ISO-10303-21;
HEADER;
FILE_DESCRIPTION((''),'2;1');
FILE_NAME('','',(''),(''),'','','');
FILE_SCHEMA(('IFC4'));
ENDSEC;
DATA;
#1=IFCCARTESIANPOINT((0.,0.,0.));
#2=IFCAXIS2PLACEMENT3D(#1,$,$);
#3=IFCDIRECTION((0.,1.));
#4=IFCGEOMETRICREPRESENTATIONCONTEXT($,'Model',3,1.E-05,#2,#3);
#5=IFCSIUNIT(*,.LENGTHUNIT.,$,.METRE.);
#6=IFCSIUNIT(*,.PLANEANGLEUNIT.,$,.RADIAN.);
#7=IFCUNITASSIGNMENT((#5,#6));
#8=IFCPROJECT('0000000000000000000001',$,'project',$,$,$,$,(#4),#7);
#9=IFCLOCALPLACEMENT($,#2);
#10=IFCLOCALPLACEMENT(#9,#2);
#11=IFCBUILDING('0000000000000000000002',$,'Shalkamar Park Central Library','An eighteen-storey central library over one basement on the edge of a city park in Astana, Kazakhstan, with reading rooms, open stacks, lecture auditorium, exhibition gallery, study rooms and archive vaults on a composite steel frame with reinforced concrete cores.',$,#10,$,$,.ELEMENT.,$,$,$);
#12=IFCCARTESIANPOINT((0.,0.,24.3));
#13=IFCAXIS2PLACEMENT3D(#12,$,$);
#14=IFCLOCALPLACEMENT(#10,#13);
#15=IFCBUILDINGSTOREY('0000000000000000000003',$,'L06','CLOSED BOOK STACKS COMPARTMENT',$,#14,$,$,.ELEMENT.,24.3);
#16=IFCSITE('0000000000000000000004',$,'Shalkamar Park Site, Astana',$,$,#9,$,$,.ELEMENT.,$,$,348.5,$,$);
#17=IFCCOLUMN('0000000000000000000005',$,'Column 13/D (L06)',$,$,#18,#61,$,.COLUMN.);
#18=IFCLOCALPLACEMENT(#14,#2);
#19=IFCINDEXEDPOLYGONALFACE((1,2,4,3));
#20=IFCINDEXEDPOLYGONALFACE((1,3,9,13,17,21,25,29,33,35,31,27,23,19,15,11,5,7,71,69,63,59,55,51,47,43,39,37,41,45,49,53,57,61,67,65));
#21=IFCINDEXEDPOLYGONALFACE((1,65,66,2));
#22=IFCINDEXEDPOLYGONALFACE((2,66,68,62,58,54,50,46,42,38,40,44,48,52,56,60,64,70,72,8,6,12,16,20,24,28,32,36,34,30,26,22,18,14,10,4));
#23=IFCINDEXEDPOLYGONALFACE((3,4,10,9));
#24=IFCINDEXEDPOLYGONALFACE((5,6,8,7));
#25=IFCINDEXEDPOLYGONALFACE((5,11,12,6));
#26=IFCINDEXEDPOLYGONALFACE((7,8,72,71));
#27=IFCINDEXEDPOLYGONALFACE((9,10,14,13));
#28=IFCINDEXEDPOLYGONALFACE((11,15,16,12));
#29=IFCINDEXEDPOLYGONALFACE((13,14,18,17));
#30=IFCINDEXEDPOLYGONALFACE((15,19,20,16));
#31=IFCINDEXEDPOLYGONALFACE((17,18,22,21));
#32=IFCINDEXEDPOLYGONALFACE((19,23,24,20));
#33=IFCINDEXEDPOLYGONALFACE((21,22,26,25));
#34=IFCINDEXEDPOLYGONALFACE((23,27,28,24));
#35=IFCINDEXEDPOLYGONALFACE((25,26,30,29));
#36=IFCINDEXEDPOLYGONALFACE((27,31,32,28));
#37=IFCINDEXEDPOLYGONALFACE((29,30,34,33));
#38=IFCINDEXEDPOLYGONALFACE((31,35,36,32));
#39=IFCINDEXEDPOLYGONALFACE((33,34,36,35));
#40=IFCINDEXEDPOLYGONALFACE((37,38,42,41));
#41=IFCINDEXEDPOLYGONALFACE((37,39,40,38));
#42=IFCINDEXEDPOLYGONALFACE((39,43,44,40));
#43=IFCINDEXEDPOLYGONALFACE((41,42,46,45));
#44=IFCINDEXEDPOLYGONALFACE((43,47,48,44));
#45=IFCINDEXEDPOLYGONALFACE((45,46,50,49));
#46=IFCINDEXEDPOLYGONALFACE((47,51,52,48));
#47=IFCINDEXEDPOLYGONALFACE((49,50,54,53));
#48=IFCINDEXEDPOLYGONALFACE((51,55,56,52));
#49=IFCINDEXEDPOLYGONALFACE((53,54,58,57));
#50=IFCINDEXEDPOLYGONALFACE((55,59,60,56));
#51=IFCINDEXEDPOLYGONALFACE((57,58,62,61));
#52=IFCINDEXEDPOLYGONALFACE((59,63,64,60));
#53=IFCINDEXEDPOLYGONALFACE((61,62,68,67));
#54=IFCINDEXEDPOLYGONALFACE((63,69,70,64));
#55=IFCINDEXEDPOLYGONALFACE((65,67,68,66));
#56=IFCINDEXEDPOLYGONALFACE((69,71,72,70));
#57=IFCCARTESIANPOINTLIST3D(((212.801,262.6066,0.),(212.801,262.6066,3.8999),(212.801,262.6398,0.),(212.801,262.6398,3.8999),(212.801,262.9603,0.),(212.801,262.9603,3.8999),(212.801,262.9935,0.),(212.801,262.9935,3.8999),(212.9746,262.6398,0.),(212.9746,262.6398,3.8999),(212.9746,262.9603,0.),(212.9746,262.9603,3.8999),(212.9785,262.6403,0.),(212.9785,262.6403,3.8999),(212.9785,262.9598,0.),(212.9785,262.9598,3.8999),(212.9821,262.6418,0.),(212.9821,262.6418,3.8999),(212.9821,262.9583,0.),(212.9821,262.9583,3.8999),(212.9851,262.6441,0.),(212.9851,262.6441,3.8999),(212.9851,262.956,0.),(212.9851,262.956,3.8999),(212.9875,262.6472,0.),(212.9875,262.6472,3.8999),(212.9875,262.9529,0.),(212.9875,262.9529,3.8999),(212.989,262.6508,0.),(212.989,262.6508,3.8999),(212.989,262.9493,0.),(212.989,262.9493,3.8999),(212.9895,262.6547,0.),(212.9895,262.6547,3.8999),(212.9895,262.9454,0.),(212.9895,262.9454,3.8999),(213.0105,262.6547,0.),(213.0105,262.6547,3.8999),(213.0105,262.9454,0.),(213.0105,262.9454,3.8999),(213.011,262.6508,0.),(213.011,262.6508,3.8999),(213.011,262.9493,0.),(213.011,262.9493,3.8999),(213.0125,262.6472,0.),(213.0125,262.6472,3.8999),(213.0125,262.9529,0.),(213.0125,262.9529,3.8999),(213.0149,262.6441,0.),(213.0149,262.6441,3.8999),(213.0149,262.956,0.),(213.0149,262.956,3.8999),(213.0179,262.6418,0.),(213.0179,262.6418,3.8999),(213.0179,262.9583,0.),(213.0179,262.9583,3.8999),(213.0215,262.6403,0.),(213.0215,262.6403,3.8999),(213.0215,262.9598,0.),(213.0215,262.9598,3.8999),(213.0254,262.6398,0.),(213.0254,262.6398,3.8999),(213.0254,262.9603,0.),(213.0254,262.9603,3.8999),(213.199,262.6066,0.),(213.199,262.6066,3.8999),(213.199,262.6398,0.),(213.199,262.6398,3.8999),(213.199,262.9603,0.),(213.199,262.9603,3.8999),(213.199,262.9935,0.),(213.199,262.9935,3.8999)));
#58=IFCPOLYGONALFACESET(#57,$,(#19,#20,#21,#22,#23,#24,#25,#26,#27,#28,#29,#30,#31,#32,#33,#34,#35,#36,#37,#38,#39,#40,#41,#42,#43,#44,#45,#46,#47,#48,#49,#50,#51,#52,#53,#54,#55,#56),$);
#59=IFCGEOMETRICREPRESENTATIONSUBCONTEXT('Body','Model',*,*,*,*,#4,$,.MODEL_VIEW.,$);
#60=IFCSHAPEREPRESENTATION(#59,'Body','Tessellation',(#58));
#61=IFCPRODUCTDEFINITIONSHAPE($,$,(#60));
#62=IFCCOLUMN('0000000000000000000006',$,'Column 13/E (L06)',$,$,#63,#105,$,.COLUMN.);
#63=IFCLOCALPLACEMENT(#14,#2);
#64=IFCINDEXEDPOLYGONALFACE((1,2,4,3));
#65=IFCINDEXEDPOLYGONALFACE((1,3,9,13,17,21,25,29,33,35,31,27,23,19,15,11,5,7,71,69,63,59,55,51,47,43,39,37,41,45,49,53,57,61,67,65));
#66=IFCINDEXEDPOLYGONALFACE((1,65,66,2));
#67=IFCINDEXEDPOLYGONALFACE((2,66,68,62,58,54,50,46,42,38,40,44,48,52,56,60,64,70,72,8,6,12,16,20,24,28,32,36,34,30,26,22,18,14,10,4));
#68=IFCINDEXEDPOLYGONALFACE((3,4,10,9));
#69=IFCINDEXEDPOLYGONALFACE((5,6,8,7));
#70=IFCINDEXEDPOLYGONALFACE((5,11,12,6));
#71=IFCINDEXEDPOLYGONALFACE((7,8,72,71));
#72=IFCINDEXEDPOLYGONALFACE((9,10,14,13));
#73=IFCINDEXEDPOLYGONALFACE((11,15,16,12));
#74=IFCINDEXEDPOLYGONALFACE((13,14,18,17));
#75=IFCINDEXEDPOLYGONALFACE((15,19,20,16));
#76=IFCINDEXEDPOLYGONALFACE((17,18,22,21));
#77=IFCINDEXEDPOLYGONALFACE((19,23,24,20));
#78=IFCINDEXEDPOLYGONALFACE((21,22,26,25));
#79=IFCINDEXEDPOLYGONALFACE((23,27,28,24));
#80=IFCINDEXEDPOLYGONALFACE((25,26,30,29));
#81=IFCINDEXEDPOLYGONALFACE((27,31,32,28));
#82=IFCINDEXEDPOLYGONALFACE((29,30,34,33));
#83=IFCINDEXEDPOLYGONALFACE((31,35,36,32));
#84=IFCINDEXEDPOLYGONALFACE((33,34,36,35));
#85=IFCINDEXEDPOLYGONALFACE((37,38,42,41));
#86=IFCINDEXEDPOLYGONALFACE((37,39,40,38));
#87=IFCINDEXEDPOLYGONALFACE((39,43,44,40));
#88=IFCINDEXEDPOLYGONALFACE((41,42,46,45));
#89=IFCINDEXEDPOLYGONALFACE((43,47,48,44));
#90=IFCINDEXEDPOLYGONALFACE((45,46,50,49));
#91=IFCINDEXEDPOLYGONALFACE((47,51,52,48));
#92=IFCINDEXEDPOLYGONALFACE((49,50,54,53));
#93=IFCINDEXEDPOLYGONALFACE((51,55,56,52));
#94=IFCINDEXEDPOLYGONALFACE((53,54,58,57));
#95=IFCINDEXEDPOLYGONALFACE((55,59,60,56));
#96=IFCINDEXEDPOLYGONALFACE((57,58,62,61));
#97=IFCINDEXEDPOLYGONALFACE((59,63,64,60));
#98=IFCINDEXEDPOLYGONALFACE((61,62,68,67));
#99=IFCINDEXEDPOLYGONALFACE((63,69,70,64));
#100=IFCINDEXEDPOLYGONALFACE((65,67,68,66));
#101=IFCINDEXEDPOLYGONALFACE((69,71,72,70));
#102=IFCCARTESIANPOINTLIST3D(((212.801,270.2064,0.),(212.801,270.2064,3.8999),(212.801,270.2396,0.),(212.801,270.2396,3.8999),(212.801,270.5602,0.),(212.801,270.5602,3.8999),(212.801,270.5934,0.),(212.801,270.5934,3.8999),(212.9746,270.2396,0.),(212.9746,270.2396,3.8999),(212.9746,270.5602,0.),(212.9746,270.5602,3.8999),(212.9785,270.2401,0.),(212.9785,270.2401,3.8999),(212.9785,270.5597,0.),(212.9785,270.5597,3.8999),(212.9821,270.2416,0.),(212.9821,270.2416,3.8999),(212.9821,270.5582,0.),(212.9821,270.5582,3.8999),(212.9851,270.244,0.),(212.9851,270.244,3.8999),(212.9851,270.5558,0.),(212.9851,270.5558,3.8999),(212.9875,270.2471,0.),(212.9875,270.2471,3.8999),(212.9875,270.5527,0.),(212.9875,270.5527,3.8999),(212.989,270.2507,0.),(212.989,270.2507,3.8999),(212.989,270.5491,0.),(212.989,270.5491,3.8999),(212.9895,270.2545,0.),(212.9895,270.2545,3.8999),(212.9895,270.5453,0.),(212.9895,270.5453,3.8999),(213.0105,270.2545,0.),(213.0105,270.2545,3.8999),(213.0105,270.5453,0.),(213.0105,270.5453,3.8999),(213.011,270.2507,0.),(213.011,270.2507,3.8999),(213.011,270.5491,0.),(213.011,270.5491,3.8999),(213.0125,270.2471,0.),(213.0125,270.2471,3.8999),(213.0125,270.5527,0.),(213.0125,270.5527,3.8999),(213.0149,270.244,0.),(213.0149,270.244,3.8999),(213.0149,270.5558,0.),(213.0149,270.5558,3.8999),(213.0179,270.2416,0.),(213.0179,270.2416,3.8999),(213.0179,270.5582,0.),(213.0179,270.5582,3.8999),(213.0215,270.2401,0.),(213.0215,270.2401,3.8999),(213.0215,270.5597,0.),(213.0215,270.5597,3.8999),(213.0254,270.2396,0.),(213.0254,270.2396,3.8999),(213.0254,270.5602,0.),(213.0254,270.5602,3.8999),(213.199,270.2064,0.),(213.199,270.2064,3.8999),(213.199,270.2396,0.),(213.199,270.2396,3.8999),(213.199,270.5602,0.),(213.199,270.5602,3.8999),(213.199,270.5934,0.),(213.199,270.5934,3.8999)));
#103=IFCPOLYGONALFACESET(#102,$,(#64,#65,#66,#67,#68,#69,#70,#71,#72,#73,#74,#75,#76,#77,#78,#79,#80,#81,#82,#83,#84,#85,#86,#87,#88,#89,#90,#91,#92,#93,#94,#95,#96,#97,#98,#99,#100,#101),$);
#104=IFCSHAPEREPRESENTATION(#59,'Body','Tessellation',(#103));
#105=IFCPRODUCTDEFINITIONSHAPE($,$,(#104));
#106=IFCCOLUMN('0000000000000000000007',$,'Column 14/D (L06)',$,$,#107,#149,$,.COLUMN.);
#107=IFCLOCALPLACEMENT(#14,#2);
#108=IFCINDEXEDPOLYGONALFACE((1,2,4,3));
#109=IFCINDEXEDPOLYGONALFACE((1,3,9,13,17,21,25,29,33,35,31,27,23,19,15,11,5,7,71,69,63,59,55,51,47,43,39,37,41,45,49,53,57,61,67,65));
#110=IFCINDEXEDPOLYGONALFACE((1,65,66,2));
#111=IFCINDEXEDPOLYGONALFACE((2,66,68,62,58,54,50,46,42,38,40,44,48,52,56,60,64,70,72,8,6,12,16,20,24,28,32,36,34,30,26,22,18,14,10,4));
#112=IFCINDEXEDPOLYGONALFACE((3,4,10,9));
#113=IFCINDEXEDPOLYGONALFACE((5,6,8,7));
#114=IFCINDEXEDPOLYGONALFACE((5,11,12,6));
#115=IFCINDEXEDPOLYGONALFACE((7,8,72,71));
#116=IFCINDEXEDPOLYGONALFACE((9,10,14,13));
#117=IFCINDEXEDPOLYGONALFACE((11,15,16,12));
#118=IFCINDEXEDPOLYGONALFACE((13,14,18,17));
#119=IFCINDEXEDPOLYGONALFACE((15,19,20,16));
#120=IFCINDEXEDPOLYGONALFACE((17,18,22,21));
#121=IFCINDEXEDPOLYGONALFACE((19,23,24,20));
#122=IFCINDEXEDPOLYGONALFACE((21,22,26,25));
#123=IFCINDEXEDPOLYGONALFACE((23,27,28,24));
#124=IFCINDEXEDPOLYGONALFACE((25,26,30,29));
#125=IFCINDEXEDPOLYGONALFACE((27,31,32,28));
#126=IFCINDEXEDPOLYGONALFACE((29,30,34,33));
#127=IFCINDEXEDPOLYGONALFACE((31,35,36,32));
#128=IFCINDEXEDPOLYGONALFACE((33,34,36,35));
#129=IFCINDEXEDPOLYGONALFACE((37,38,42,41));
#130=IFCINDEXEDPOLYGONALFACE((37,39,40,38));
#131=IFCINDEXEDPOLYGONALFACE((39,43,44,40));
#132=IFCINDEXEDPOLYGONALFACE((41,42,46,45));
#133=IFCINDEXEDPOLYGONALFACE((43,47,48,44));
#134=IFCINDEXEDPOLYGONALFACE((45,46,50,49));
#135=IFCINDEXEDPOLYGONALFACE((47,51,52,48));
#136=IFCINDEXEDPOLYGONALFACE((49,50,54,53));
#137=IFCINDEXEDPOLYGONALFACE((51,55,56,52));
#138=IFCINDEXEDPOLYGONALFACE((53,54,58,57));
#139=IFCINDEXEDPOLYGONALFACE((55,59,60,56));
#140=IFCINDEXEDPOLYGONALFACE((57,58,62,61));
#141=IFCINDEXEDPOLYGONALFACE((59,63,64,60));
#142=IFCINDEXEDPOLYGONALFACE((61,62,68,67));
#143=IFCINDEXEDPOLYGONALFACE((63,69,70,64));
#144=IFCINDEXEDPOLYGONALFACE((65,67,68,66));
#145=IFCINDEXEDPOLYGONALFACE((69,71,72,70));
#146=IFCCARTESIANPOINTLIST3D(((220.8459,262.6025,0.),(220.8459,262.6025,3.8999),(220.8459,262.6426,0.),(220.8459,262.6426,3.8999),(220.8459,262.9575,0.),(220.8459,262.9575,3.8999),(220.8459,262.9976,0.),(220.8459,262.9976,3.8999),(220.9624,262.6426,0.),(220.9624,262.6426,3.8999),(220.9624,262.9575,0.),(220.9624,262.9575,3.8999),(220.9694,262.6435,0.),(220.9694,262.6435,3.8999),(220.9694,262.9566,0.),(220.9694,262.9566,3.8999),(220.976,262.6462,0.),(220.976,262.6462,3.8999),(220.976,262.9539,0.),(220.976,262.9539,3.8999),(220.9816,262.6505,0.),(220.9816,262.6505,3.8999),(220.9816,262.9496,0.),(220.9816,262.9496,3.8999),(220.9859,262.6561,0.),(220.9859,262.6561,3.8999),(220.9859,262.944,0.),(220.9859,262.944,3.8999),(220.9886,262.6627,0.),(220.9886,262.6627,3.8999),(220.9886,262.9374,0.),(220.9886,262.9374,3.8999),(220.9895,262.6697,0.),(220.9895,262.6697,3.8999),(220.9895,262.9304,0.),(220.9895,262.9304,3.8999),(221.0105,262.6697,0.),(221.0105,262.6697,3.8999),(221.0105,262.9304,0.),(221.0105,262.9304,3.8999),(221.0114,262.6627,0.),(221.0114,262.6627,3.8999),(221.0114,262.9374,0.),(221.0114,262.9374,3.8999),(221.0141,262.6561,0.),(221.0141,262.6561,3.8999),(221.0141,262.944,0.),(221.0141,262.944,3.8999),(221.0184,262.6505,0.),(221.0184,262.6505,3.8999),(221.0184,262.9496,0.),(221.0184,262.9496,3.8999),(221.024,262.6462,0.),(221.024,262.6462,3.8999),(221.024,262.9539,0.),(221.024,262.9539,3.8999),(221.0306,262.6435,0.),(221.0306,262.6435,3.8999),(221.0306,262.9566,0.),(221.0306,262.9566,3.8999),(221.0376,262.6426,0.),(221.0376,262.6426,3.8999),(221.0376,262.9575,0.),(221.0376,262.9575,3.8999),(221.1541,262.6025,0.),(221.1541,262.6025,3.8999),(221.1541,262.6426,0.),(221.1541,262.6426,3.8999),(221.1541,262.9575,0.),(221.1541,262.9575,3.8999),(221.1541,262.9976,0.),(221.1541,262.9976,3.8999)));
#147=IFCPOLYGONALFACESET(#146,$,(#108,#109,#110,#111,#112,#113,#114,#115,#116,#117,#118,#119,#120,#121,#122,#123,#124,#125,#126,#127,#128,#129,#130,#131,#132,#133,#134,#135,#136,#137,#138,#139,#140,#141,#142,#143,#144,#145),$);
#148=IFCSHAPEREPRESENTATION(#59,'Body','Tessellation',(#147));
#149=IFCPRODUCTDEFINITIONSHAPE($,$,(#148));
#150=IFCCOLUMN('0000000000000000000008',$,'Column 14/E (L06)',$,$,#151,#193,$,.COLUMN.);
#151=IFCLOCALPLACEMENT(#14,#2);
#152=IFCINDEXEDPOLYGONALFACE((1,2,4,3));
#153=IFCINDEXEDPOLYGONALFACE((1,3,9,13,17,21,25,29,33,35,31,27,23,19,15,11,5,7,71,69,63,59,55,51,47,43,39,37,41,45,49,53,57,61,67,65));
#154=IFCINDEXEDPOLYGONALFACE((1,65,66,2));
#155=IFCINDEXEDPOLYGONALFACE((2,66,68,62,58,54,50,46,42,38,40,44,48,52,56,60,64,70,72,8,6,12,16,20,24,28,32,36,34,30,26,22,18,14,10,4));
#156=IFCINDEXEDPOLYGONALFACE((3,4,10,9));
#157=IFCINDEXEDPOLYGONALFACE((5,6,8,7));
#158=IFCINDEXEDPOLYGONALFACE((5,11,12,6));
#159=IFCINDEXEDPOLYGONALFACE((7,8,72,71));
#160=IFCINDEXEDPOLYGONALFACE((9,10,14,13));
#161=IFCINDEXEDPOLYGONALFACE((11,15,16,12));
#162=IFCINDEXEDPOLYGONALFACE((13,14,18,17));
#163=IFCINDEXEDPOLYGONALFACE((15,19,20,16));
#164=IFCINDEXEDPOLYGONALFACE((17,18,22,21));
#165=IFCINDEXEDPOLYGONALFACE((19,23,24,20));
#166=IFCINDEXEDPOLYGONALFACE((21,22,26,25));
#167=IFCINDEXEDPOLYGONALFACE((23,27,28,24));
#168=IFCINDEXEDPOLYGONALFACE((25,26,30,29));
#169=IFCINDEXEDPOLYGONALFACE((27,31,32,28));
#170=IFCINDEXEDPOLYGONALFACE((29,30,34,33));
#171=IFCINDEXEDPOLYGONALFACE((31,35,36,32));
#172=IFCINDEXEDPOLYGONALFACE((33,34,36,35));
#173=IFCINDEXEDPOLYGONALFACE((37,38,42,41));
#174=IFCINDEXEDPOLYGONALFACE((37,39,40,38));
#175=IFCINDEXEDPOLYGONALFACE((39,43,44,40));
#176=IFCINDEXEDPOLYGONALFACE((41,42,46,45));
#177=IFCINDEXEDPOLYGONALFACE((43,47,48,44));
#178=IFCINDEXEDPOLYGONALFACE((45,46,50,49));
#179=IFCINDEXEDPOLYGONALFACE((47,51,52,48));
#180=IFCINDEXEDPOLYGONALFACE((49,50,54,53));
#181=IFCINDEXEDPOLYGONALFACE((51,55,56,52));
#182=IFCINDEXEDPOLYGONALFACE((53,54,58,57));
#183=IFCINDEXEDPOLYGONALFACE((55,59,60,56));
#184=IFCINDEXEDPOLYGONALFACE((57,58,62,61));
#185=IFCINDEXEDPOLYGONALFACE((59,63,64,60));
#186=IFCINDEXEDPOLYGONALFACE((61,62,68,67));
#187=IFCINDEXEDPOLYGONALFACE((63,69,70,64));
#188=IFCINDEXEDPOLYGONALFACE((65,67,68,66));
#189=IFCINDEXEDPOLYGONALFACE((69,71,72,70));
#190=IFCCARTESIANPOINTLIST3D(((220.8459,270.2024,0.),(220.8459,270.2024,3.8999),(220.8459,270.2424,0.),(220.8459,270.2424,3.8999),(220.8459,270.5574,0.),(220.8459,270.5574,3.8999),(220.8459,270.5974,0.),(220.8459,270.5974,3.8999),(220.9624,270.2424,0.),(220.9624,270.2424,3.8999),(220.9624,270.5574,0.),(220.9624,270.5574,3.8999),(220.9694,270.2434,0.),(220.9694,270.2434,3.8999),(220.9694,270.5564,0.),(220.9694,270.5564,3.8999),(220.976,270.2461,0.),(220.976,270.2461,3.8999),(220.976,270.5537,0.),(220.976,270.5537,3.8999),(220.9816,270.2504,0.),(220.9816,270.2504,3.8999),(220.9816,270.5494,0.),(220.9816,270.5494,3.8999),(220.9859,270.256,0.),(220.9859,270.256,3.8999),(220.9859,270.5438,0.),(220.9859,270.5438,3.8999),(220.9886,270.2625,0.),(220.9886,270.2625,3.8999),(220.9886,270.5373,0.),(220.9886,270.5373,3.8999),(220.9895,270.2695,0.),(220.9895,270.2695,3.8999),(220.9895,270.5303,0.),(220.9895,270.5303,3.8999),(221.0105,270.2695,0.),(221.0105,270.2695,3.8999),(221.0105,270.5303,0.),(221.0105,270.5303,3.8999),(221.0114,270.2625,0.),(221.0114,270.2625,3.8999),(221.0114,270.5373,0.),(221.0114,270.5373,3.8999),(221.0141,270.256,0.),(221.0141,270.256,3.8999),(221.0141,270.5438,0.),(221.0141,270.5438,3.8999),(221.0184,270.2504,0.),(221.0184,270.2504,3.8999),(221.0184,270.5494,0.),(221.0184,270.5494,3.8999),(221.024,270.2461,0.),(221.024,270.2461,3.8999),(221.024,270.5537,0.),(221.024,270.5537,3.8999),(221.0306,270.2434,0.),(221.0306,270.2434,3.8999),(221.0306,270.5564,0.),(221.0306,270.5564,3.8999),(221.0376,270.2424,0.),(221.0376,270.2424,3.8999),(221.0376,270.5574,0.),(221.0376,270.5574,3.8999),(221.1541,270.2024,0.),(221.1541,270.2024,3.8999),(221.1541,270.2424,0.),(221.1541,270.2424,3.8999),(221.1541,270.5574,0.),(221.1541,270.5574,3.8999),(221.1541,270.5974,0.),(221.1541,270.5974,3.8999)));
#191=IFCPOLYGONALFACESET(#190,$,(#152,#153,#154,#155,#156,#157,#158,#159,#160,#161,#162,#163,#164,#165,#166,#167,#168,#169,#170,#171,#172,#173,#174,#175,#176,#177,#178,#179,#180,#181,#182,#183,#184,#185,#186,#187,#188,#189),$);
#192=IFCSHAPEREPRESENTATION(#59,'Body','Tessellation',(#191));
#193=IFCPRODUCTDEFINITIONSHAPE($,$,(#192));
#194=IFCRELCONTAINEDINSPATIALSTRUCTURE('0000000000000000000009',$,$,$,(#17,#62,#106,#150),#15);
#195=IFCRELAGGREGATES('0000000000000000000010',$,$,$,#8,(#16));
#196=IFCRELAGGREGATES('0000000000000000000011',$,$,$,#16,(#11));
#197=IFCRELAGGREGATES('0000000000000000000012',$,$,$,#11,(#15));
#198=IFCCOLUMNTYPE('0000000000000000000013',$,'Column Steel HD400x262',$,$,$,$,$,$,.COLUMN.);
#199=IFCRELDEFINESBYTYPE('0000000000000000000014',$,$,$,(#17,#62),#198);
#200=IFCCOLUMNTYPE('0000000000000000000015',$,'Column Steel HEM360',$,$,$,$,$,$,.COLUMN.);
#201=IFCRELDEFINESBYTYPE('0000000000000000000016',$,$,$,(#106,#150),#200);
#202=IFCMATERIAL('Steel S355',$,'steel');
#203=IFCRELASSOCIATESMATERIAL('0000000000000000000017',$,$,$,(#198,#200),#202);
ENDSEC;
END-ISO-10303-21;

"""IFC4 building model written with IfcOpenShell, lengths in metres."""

from ifc_helpers import new_model, si_unit, direction, frame, origin, origin_2d, place, context, subcontext, project, spatial, i_section, extrude, material, material_profile, profile_set, type_object, element, save


model = new_model("IFC4")

# Units and contexts
model_context = context("Model", 3, precision=1e-05, world=origin(), true_north=direction((0.0, 1.0)))
body_context = subcontext(model_context, "Body", "Model", "MODEL_VIEW")
ifc_project = project(units=[si_unit("LENGTHUNIT", "METRE"), si_unit("PLANEANGLEUNIT", "RADIAN")], contexts=[model_context])

# Site, building, storey
site_placement = place(None, origin())
site = spatial("IfcSite", under=ifc_project, at=site_placement, Name="Shalkamar Park Site, Astana", CompositionType="ELEMENT", RefElevation=348.5)
building_placement = place(site_placement, origin())
building = spatial("IfcBuilding", under=site, at=building_placement, Name="Shalkamar Park Central Library", Description="An eighteen-storey central library over one basement on the edge of a city park in Astana, Kazakhstan, with reading rooms, open stacks, lecture auditorium, exhibition gallery, study rooms and archive vaults on a composite steel frame with reinforced concrete cores.", CompositionType="ELEMENT")
storey_placement = place(building_placement, frame((0.0, 0.0, 24.3)))
storey = spatial("IfcBuildingStorey", under=building, at=storey_placement, Name="L06", Description="CLOSED BOOK STACKS COMPARTMENT", CompositionType="ELEMENT", Elevation=24.3)

# Columns
ifc_material_1 = material(Name="Steel S355", Category="steel")
ifc_material_profile_1 = material_profile(ifc_material_1, i_section(OverallWidth=0.3979, OverallDepth=0.387, WebThickness=0.021, FlangeThickness=0.0332, FilletRadius=0.0149, at=origin_2d()), Name="HD 400x262")
ifc_profile_set_1 = profile_set([ifc_material_profile_1], Name="Steel S355")
column_type_1 = type_object("IfcColumnType", Name="Column Steel HD400x262", PredefinedType="COLUMN", material=ifc_profile_set_1)
for number, where, z_axis, x_axis, name in (
    (1, (213.0, 262.8, 0.0), (0.0, 0.0, 1.0), (1.0, 0.0, 0.0), "Column 13/D (L06)"),
    (2, (213.0, 270.3999, 0.0), (0.0, 0.0, 1.0), (1.0, 0.0, 0.0), "Column 13/E (L06)"),
):
    element("IfcColumn", number, at=place(storey_placement, frame(where, z_axis=z_axis, x_axis=x_axis)), inside=storey, type_object=column_type_1, Name=name, PredefinedType="COLUMN", context=body_context, shape_type="SweptSolid", body=[
        extrude(i_section(OverallWidth=0.3979, OverallDepth=0.387, WebThickness=0.021, FlangeThickness=0.0332, FilletRadius=0.0149, at=origin_2d()), origin(), (0.0, 0.0, 1.0), 3.8999),
    ])
ifc_material_profile_2 = material_profile(ifc_material_1, i_section(OverallWidth=0.3081, OverallDepth=0.395, WebThickness=0.021, FlangeThickness=0.04, FilletRadius=0.0271, at=origin_2d()), Name="HEM 360")
ifc_profile_set_2 = profile_set([ifc_material_profile_2], Name="Steel S355")
column_type_2 = type_object("IfcColumnType", Name="Column Steel HEM360", PredefinedType="COLUMN", material=ifc_profile_set_2)
for number, where, z_axis, x_axis, name in (
    (3, (221.0, 262.8, 0.0), (0.0, 0.0, 1.0), (1.0, 0.0, 0.0), "Column 14/D (L06)"),
    (4, (221.0, 270.3999, 0.0), (0.0, 0.0, 1.0), (1.0, 0.0, 0.0), "Column 14/E (L06)"),
):
    element("IfcColumn", number, at=place(storey_placement, frame(where, z_axis=z_axis, x_axis=x_axis)), inside=storey, type_object=column_type_2, Name=name, PredefinedType="COLUMN", context=body_context, shape_type="SweptSolid", body=[
        extrude(i_section(OverallWidth=0.3081, OverallDepth=0.395, WebThickness=0.021, FlangeThickness=0.04, FilletRadius=0.0271, at=origin_2d()), origin(), (0.0, 0.0, 1.0), 3.8999),
    ])

save(model, "model.ifc")
